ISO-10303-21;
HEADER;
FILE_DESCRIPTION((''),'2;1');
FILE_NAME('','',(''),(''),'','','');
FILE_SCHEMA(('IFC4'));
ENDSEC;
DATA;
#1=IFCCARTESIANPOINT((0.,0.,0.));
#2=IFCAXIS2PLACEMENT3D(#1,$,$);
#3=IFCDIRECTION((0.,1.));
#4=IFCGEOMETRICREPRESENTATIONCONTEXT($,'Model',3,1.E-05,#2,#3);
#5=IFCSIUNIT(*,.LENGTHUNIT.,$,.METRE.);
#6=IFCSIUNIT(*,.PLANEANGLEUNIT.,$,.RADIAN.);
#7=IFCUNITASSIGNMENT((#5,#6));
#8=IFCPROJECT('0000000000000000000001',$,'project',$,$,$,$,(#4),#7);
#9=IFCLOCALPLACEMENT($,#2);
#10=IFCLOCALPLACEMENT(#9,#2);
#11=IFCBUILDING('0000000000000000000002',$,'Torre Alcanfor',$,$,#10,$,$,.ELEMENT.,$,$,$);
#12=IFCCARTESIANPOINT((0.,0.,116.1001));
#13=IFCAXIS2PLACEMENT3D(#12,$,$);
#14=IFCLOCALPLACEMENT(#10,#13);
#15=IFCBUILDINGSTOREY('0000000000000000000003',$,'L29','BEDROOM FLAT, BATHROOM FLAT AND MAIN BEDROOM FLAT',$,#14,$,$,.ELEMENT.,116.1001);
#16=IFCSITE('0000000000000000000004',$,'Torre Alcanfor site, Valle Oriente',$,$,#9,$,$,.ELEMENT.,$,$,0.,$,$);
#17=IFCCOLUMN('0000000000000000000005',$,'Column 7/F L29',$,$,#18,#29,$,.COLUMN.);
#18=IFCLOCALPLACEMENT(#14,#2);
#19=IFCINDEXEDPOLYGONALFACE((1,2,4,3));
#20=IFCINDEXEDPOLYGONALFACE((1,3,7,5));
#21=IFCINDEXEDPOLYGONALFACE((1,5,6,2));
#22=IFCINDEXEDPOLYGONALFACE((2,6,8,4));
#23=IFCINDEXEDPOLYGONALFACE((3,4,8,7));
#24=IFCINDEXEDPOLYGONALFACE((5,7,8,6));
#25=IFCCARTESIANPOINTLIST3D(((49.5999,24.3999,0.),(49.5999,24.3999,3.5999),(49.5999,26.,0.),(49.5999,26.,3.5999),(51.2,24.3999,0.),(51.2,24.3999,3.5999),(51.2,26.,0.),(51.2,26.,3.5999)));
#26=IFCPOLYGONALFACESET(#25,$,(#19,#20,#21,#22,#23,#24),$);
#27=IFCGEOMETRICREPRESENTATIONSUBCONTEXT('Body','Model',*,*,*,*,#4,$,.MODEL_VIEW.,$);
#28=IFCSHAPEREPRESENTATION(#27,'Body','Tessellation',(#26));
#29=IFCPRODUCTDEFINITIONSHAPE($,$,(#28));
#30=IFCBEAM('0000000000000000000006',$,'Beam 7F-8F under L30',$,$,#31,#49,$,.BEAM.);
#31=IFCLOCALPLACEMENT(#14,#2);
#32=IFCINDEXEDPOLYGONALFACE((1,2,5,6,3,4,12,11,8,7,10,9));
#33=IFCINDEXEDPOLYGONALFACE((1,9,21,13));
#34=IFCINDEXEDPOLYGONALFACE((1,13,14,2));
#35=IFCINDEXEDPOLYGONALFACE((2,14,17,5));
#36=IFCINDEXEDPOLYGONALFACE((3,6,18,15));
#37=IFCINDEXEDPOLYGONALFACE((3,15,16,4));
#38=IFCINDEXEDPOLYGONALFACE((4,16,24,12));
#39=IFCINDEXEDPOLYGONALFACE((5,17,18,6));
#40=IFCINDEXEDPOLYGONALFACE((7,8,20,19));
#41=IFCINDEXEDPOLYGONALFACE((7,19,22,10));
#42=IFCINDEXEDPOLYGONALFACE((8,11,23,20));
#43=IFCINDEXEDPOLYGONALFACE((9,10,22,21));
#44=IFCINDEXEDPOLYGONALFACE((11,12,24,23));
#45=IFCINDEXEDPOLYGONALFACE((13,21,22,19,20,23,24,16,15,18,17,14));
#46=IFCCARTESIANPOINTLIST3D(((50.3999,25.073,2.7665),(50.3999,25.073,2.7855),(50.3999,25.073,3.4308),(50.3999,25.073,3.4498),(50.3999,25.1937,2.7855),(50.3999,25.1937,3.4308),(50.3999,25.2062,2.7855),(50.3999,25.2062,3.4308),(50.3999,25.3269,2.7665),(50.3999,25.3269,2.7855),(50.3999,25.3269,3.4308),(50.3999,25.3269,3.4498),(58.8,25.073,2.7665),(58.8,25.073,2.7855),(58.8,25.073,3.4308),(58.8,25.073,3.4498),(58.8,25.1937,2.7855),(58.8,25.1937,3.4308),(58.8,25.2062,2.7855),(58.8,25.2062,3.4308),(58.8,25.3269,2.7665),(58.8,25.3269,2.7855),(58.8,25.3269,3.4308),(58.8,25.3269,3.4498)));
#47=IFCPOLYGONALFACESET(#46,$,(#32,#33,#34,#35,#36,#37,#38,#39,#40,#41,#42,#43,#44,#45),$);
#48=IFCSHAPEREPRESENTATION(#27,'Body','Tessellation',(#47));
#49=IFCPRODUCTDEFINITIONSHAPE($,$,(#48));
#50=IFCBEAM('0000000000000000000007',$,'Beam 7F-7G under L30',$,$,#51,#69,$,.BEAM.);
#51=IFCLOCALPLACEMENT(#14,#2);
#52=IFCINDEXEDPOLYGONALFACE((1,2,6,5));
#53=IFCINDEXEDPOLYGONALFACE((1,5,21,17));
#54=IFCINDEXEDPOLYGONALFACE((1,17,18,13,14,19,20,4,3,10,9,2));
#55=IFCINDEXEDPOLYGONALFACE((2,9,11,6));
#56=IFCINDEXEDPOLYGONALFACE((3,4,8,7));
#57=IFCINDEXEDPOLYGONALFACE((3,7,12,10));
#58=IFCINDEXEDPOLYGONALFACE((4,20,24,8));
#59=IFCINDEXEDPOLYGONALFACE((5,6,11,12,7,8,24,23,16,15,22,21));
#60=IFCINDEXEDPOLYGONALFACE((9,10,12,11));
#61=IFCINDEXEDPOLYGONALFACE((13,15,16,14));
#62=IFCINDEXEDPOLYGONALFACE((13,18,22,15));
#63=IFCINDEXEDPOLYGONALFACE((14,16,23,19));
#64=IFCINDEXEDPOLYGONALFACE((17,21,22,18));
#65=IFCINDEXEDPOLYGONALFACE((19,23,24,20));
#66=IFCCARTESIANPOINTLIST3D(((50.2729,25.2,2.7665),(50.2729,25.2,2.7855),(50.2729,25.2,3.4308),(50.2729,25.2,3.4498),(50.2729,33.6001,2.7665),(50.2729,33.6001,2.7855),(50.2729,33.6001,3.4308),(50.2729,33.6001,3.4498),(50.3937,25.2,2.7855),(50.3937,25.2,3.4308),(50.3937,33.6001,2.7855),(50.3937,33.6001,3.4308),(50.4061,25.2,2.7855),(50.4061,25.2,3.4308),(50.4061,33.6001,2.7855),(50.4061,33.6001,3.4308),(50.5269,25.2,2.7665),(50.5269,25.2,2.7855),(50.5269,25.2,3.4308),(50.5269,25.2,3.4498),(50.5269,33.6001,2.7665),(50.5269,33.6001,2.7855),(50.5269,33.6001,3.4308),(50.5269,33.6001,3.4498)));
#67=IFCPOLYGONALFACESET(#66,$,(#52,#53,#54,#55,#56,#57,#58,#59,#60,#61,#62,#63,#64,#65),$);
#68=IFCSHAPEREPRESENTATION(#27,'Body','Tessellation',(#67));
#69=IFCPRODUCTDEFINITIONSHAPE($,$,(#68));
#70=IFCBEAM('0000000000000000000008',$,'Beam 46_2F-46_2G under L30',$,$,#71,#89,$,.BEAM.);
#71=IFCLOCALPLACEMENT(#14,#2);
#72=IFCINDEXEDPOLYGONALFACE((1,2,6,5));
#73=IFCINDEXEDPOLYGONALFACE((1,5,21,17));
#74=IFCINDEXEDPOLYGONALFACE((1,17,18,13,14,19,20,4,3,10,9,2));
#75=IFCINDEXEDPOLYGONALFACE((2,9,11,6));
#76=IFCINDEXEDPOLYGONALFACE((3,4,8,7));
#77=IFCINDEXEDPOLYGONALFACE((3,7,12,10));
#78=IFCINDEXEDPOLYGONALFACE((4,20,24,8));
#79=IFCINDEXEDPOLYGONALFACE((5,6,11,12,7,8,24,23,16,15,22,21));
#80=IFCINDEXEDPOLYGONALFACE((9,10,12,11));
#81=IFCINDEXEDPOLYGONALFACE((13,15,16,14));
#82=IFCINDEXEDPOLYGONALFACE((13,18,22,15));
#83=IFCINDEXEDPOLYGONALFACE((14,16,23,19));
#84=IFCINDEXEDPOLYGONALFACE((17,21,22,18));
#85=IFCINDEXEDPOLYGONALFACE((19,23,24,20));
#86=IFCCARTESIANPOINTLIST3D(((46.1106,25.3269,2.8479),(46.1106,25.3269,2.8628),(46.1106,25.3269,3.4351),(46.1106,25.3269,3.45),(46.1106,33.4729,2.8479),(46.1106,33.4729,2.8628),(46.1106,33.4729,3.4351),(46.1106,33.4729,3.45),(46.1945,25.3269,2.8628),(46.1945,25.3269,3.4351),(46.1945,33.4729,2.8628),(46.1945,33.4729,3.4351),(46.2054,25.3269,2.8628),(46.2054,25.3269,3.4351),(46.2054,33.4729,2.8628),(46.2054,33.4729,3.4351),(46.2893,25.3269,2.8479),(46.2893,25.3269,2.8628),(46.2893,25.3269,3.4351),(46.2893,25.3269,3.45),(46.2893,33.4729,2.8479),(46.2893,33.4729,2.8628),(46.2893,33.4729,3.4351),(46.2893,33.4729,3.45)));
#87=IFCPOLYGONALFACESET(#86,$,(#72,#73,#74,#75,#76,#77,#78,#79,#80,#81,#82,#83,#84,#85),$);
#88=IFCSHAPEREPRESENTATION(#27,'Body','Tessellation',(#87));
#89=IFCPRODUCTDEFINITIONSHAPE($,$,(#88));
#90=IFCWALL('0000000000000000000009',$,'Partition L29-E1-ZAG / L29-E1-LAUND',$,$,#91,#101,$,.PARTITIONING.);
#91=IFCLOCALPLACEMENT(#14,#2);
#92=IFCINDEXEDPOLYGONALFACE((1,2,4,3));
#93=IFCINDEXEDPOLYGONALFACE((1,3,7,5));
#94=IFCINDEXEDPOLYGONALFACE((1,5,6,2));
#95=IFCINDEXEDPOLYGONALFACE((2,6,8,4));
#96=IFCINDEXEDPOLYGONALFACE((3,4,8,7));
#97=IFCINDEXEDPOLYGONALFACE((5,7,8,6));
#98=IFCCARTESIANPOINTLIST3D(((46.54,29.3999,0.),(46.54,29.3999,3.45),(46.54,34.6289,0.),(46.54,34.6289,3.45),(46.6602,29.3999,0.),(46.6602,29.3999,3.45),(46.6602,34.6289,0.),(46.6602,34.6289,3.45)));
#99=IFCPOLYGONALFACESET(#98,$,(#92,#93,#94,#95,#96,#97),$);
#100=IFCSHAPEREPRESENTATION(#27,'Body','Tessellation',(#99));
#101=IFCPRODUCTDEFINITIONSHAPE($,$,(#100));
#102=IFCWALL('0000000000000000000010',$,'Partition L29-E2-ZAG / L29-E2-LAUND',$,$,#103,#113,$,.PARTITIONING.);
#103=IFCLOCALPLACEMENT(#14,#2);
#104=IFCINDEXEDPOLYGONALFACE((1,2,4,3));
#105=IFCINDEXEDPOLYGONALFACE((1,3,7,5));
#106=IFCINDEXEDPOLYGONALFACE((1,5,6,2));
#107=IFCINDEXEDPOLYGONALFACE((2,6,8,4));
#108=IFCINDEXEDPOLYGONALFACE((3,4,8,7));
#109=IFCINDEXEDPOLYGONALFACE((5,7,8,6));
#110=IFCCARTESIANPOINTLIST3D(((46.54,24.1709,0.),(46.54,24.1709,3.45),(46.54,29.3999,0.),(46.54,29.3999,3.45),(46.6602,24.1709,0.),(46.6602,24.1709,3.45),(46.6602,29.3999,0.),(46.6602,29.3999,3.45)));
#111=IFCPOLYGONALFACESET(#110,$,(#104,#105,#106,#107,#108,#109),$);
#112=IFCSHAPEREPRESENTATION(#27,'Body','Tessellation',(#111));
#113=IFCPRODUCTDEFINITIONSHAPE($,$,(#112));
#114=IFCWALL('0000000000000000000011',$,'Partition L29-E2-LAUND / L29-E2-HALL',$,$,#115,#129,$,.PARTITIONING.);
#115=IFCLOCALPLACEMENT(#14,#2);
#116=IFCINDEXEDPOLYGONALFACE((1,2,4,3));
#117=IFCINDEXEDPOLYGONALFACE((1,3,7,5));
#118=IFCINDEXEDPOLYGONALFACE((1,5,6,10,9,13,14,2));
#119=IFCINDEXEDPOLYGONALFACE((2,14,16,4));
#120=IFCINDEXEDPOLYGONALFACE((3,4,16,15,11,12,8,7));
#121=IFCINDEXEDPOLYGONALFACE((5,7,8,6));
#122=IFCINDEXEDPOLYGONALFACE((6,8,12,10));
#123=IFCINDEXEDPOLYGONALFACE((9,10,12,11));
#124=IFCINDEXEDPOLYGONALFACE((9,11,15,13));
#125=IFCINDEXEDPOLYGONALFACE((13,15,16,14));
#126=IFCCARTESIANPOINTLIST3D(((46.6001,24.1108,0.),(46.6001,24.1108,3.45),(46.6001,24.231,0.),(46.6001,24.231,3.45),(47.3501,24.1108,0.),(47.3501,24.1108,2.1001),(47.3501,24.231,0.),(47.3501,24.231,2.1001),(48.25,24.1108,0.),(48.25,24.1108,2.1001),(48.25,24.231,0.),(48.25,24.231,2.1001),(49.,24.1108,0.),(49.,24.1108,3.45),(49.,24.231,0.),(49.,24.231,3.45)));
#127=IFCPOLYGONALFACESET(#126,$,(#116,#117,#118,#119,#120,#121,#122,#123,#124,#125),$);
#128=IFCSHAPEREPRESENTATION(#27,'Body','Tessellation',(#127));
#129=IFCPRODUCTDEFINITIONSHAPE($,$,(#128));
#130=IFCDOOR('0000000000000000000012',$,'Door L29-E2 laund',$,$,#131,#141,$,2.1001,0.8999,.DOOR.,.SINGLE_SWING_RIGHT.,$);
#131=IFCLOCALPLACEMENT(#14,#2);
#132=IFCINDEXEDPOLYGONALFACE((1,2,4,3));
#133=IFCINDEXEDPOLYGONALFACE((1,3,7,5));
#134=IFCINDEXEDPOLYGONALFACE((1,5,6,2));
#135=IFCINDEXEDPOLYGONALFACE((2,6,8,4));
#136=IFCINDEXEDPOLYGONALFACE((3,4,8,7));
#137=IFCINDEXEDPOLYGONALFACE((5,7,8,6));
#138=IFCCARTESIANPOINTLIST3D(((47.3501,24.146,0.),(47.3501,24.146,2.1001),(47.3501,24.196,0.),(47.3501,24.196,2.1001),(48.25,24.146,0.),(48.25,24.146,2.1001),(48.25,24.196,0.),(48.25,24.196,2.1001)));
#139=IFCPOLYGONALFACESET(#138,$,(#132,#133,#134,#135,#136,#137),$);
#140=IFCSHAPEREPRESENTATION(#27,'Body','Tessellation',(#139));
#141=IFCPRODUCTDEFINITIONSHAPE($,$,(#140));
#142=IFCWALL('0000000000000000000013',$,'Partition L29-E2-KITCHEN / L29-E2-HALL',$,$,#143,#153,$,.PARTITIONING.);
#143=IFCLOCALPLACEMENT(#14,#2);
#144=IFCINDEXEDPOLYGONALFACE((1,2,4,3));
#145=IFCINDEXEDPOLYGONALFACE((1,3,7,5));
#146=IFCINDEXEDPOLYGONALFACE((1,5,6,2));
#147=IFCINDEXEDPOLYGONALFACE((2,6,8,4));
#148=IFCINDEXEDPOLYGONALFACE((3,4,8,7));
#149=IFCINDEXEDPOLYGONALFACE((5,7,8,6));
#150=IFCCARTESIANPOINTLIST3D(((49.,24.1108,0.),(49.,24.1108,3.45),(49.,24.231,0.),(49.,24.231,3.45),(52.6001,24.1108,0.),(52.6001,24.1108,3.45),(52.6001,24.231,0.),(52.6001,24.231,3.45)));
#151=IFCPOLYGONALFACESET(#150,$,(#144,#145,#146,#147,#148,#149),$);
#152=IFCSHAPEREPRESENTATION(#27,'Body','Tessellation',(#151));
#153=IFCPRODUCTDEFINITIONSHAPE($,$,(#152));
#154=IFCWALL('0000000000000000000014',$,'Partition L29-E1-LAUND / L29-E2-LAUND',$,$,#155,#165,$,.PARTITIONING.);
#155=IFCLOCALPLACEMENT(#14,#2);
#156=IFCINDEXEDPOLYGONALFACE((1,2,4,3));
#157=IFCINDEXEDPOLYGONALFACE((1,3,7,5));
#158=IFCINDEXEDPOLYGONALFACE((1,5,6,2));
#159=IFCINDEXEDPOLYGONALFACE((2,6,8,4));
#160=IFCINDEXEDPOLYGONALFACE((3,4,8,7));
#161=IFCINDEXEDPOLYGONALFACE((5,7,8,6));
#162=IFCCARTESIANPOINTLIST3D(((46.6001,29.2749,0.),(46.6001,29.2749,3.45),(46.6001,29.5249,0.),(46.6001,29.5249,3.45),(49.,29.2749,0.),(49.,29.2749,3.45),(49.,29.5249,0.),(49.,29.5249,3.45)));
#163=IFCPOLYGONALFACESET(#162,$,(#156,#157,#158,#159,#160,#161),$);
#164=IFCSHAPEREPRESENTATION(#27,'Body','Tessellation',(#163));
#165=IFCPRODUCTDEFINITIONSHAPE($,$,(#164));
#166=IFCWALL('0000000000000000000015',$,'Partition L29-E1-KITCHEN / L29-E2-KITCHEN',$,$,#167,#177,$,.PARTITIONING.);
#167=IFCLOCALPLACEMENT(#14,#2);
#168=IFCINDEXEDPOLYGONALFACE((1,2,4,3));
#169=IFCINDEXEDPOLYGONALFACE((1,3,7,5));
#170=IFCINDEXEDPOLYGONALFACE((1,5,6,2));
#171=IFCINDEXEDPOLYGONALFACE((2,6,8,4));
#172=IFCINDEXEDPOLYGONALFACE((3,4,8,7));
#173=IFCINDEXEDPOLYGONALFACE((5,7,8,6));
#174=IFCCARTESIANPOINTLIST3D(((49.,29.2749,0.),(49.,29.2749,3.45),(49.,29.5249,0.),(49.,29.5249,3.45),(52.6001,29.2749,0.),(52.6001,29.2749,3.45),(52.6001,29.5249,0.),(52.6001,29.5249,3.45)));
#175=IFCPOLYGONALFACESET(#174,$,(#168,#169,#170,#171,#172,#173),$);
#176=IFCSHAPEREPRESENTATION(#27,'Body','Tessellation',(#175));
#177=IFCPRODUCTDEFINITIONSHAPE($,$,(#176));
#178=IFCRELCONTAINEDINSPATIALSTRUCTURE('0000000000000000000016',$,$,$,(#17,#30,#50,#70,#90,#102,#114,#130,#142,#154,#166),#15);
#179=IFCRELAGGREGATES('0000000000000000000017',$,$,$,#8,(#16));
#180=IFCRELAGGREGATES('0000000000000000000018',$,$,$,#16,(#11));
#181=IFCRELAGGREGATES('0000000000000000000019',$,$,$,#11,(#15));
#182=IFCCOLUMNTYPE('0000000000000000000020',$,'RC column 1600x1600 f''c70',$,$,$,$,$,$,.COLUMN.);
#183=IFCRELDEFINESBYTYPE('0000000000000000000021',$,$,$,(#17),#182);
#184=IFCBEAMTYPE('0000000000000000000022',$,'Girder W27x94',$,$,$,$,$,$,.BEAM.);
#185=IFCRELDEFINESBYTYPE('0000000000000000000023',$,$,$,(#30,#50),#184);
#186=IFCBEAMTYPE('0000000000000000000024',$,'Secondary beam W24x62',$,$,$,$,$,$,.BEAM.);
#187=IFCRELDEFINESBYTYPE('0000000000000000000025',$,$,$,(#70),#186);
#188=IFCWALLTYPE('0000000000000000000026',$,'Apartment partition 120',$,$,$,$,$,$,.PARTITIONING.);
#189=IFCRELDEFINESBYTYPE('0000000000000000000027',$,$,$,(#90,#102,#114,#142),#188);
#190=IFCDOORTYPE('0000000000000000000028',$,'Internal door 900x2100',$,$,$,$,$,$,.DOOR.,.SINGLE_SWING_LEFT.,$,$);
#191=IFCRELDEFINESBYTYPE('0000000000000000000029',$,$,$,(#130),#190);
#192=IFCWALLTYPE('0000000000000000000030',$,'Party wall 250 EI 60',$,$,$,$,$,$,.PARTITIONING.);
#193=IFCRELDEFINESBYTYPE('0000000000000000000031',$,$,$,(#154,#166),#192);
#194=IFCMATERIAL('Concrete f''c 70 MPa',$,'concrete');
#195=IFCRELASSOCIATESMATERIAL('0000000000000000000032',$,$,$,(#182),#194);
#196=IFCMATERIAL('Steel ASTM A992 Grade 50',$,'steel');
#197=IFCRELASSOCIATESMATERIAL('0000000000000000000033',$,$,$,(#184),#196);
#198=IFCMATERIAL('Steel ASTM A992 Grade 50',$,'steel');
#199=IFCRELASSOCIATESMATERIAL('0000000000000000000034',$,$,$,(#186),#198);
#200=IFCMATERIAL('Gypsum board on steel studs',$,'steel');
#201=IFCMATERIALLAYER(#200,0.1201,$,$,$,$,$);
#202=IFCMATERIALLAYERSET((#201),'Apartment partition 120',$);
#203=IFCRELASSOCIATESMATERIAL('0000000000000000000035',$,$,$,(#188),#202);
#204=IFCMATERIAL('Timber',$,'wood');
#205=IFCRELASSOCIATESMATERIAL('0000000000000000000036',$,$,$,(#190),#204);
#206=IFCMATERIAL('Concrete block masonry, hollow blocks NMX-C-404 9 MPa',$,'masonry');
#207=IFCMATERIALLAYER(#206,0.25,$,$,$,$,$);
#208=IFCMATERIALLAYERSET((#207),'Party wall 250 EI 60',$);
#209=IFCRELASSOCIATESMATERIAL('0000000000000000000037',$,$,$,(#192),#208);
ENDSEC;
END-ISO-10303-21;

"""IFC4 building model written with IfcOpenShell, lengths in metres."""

from ifc_helpers import new_model, si_unit, direction, frame, frame_2d, origin, origin_2d, place, context, subcontext, project, spatial, rectangle, i_section, extrude, material, layer, layer_set, material_profile, profile_set, type_object, element, fill, save


model = new_model("IFC4")

# Units and contexts
model_context = context("Model", 3, precision=1e-05, world=origin(), true_north=direction((0.0, 1.0)))
body_context = subcontext(model_context, "Body", "Model", "MODEL_VIEW")
ifc_project = project(units=[si_unit("LENGTHUNIT", "METRE"), si_unit("PLANEANGLEUNIT", "RADIAN")], contexts=[model_context])

# Site, building, storey
site_placement = place(None, origin())
site = spatial("IfcSite", under=ifc_project, at=site_placement, Name="Torre Alcanfor site, Valle Oriente", CompositionType="ELEMENT", RefElevation=0.0)
building_placement = place(site_placement, origin())
building = spatial("IfcBuilding", under=site, at=building_placement, Name="Torre Alcanfor", CompositionType="ELEMENT")
storey_placement = place(building_placement, frame((0.0, 0.0, 116.1001)))
storey = spatial("IfcBuildingStorey", under=building, at=storey_placement, Name="L29", Description="BEDROOM FLAT, BATHROOM FLAT AND MAIN BEDROOM FLAT", CompositionType="ELEMENT", Elevation=116.1001)

# Column
ifc_material_1 = material(Name="Concrete f'c 70 MPa", Category="concrete")
ifc_material_profile_1 = material_profile(ifc_material_1, rectangle(XDim=1.6001, YDim=1.6001, at=origin_2d()), Name="1600x1600")
ifc_profile_set_1 = profile_set([ifc_material_profile_1], Name="Concrete f'c 70 MPa")
column_type = type_object("IfcColumnType", Name="RC column 1600x1600 f'c70", PredefinedType="COLUMN", material=ifc_profile_set_1)
column_placement = place(storey_placement, frame((50.3999, 25.2, 0.0), z_axis=(0.0, 0.0, 1.0), x_axis=(1.0, 0.0, 0.0)))
element("IfcColumn", 1, at=column_placement, inside=storey, type_object=column_type, Name="Column 7/F L29", PredefinedType="COLUMN", context=body_context, shape_type="SweptSolid", body=[
    extrude(rectangle(XDim=1.6001, YDim=1.6001, at=origin_2d()), origin(), (0.0, 0.0, 1.0), 3.5999),
])

# Beams
ifc_material_2 = material(Name="Steel ASTM A992 Grade 50", Category="steel")
ifc_material_profile_2 = material_profile(ifc_material_2, i_section(OverallWidth=0.2539, OverallDepth=0.6833, WebThickness=0.0125, FlangeThickness=0.019, at=origin_2d()), Name="W27x94")
ifc_profile_set_2 = profile_set([ifc_material_profile_2], Name="Steel ASTM A992 Grade 50")
beam_type_1 = type_object("IfcBeamType", Name="Girder W27x94", PredefinedType="BEAM", material=ifc_profile_set_2)
for number, where, z_axis, x_axis, name in (
    (2, (50.3999, 25.2, 3.1082), (1.0, 0.0, 0.0), (0.0, 1.0, 0.0), "Beam 7F-8F under L30"),
    (3, (50.3999, 25.2, 3.1082), (0.0, 1.0, 0.0), (-1.0, 0.0, 0.0), "Beam 7F-7G under L30"),
):
    element("IfcBeam", number, at=place(storey_placement, frame(where, z_axis=z_axis, x_axis=x_axis)), inside=storey, type_object=beam_type_1, Name=name, PredefinedType="BEAM", context=body_context, shape_type="SweptSolid", body=[
        extrude(i_section(OverallWidth=0.2539, OverallDepth=0.6833, WebThickness=0.0125, FlangeThickness=0.019, at=origin_2d()), origin(), (0.0, 0.0, 1.0), 8.4001),
    ])
ifc_material_3 = material(Name="Steel ASTM A992 Grade 50", Category="steel")
ifc_material_profile_3 = material_profile(ifc_material_3, i_section(OverallWidth=0.1787, OverallDepth=0.6021, WebThickness=0.011, FlangeThickness=0.0149, at=origin_2d()), Name="W24x62")
ifc_profile_set_3 = profile_set([ifc_material_profile_3], Name="Steel ASTM A992 Grade 50")
beam_type_2 = type_object("IfcBeamType", Name="Secondary beam W24x62", PredefinedType="BEAM", material=ifc_profile_set_3)
beam_placement = place(storey_placement, frame((46.2, 25.3269, 3.1489), z_axis=(0.0, 1.0, 0.0), x_axis=(-1.0, 0.0, 0.0)))
element("IfcBeam", 4, at=beam_placement, inside=storey, type_object=beam_type_2, Name="Beam 46_2F-46_2G under L30", PredefinedType="BEAM", context=body_context, shape_type="SweptSolid", body=[
    extrude(i_section(OverallWidth=0.1787, OverallDepth=0.6021, WebThickness=0.011, FlangeThickness=0.0149, at=origin_2d()), origin(), (0.0, 0.0, 1.0), 8.146),
])

# Walls
ifc_material_4 = material(Name="Gypsum board on steel studs", Category="steel")
ifc_layer_1 = layer(ifc_material_4, 0.1201)
ifc_layer_set_1 = layer_set([ifc_layer_1], Name="Apartment partition 120")
wall_type_1 = type_object("IfcWallType", Name="Apartment partition 120", PredefinedType="PARTITIONING", material=ifc_layer_set_1)
for number, where, z_axis, x_axis, name in (
    (5, (46.6001, 29.3999, 0.0), (0.0, 0.0, 1.0), (0.0, 1.0, 0.0), "Partition L29-E1-ZAG / L29-E1-LAUND"),
    (6, (46.6001, 29.3999, 0.0), (0.0, 0.0, 1.0), (0.0, -1.0, 0.0), "Partition L29-E2-ZAG / L29-E2-LAUND"),
):
    element("IfcWall", number, at=place(storey_placement, frame(where, z_axis=z_axis, x_axis=x_axis)), inside=storey, type_object=wall_type_1, Name=name, PredefinedType="PARTITIONING", context=body_context, shape_type="SweptSolid", body=[
        extrude(rectangle(XDim=5.229, YDim=0.1201, at=frame_2d((2.6145, 0.0))), origin(), (0.0, 0.0, 1.0), 3.45),
    ])

# Wall, opening, door
wall_1_placement = place(storey_placement, frame((49.0, 24.1709, 0.0), z_axis=(0.0, 0.0, 1.0), x_axis=(-1.0, 0.0, 0.0)))
wall_1 = element("IfcWall", 7, at=wall_1_placement, inside=storey, type_object=wall_type_1, Name="Partition L29-E2-LAUND / L29-E2-HALL", PredefinedType="PARTITIONING", context=body_context, shape_type="SweptSolid", body=[
    extrude(rectangle(XDim=2.3999, YDim=0.1201, at=frame_2d((1.2, 0.0))), origin(), (0.0, 0.0, 1.0), 3.45),
])
opening_1_placement = place(wall_1_placement, frame((0.75, 0.0, 0.0)))
opening_1 = element("IfcOpeningElement", 8, at=opening_1_placement, cuts=wall_1, PredefinedType="OPENING", context=body_context, shape_type="SweptSolid", body=[
    extrude(rectangle(XDim=0.8999, YDim=2.1001, at=frame_2d((0.45, 1.05))), frame((0.0, 0.0701, 0.0), z_axis=(0.0, -1.0, 0.0), x_axis=(1.0, 0.0, 0.0)), (0.0, 0.0, 1.0), 0.1401),
])
ifc_material_5 = material(Name="Timber", Category="wood")
door_type_1 = type_object("IfcDoorType", Name="Internal door 900x2100", OperationType="SINGLE_SWING_LEFT", PredefinedType="DOOR", material=ifc_material_5)
door_1_placement = place(opening_1_placement, frame((0.8999, 0.0, 0.0), z_axis=(0.0, 0.0, 1.0), x_axis=(-1.0, 0.0, 0.0)))
door_1 = element("IfcDoor", 9, at=door_1_placement, inside=storey, type_object=door_type_1, Name="Door L29-E2 laund", OperationType="SINGLE_SWING_RIGHT", OverallHeight=2.1001, OverallWidth=0.8999, PredefinedType="DOOR", context=body_context, shape_type="SweptSolid", body=[
    extrude(rectangle(XDim=0.8999, YDim=2.1001, at=frame_2d((0.45, 1.05))), frame((0.0, 0.0251, 0.0), z_axis=(0.0, -1.0, 0.0), x_axis=(1.0, 0.0, 0.0)), (0.0, 0.0, 1.0), 0.05),
])
fill(opening_1, door_1)

# Walls
wall_2_placement = place(storey_placement, frame((52.6001, 24.1709, 0.0), z_axis=(0.0, 0.0, 1.0), x_axis=(-1.0, 0.0, 0.0)))
element("IfcWall", 10, at=wall_2_placement, inside=storey, type_object=wall_type_1, Name="Partition L29-E2-KITCHEN / L29-E2-HALL", PredefinedType="PARTITIONING", context=body_context, shape_type="SweptSolid", body=[
    extrude(rectangle(XDim=3.6001, YDim=0.1201, at=frame_2d((1.8, 0.0))), origin(), (0.0, 0.0, 1.0), 3.45),
])
ifc_material_6 = material(Name="Concrete block masonry, hollow blocks NMX-C-404 9 MPa", Category="masonry")
ifc_layer_2 = layer(ifc_material_6, 0.25)
ifc_layer_set_2 = layer_set([ifc_layer_2], Name="Party wall 250 EI 60")
wall_type_2 = type_object("IfcWallType", Name="Party wall 250 EI 60", PredefinedType="PARTITIONING", material=ifc_layer_set_2)
wall_3_placement = place(storey_placement, frame((46.6001, 29.3999, 0.0), z_axis=(0.0, 0.0, 1.0), x_axis=(1.0, 0.0, 0.0)))
element("IfcWall", 11, at=wall_3_placement, inside=storey, type_object=wall_type_2, Name="Partition L29-E1-LAUND / L29-E2-LAUND", PredefinedType="PARTITIONING", context=body_context, shape_type="SweptSolid", body=[
    extrude(rectangle(XDim=2.3999, YDim=0.25, at=frame_2d((1.2, 0.0))), origin(), (0.0, 0.0, 1.0), 3.45),
])
wall_4_placement = place(storey_placement, frame((49.0, 29.3999, 0.0), z_axis=(0.0, 0.0, 1.0), x_axis=(1.0, 0.0, 0.0)))
element("IfcWall", 12, at=wall_4_placement, inside=storey, type_object=wall_type_2, Name="Partition L29-E1-KITCHEN / L29-E2-KITCHEN", PredefinedType="PARTITIONING", context=body_context, shape_type="SweptSolid", body=[
    extrude(rectangle(XDim=3.6001, YDim=0.25, at=frame_2d((1.8, 0.0))), origin(), (0.0, 0.0, 1.0), 3.45),
])

save(model, "model.ifc")
